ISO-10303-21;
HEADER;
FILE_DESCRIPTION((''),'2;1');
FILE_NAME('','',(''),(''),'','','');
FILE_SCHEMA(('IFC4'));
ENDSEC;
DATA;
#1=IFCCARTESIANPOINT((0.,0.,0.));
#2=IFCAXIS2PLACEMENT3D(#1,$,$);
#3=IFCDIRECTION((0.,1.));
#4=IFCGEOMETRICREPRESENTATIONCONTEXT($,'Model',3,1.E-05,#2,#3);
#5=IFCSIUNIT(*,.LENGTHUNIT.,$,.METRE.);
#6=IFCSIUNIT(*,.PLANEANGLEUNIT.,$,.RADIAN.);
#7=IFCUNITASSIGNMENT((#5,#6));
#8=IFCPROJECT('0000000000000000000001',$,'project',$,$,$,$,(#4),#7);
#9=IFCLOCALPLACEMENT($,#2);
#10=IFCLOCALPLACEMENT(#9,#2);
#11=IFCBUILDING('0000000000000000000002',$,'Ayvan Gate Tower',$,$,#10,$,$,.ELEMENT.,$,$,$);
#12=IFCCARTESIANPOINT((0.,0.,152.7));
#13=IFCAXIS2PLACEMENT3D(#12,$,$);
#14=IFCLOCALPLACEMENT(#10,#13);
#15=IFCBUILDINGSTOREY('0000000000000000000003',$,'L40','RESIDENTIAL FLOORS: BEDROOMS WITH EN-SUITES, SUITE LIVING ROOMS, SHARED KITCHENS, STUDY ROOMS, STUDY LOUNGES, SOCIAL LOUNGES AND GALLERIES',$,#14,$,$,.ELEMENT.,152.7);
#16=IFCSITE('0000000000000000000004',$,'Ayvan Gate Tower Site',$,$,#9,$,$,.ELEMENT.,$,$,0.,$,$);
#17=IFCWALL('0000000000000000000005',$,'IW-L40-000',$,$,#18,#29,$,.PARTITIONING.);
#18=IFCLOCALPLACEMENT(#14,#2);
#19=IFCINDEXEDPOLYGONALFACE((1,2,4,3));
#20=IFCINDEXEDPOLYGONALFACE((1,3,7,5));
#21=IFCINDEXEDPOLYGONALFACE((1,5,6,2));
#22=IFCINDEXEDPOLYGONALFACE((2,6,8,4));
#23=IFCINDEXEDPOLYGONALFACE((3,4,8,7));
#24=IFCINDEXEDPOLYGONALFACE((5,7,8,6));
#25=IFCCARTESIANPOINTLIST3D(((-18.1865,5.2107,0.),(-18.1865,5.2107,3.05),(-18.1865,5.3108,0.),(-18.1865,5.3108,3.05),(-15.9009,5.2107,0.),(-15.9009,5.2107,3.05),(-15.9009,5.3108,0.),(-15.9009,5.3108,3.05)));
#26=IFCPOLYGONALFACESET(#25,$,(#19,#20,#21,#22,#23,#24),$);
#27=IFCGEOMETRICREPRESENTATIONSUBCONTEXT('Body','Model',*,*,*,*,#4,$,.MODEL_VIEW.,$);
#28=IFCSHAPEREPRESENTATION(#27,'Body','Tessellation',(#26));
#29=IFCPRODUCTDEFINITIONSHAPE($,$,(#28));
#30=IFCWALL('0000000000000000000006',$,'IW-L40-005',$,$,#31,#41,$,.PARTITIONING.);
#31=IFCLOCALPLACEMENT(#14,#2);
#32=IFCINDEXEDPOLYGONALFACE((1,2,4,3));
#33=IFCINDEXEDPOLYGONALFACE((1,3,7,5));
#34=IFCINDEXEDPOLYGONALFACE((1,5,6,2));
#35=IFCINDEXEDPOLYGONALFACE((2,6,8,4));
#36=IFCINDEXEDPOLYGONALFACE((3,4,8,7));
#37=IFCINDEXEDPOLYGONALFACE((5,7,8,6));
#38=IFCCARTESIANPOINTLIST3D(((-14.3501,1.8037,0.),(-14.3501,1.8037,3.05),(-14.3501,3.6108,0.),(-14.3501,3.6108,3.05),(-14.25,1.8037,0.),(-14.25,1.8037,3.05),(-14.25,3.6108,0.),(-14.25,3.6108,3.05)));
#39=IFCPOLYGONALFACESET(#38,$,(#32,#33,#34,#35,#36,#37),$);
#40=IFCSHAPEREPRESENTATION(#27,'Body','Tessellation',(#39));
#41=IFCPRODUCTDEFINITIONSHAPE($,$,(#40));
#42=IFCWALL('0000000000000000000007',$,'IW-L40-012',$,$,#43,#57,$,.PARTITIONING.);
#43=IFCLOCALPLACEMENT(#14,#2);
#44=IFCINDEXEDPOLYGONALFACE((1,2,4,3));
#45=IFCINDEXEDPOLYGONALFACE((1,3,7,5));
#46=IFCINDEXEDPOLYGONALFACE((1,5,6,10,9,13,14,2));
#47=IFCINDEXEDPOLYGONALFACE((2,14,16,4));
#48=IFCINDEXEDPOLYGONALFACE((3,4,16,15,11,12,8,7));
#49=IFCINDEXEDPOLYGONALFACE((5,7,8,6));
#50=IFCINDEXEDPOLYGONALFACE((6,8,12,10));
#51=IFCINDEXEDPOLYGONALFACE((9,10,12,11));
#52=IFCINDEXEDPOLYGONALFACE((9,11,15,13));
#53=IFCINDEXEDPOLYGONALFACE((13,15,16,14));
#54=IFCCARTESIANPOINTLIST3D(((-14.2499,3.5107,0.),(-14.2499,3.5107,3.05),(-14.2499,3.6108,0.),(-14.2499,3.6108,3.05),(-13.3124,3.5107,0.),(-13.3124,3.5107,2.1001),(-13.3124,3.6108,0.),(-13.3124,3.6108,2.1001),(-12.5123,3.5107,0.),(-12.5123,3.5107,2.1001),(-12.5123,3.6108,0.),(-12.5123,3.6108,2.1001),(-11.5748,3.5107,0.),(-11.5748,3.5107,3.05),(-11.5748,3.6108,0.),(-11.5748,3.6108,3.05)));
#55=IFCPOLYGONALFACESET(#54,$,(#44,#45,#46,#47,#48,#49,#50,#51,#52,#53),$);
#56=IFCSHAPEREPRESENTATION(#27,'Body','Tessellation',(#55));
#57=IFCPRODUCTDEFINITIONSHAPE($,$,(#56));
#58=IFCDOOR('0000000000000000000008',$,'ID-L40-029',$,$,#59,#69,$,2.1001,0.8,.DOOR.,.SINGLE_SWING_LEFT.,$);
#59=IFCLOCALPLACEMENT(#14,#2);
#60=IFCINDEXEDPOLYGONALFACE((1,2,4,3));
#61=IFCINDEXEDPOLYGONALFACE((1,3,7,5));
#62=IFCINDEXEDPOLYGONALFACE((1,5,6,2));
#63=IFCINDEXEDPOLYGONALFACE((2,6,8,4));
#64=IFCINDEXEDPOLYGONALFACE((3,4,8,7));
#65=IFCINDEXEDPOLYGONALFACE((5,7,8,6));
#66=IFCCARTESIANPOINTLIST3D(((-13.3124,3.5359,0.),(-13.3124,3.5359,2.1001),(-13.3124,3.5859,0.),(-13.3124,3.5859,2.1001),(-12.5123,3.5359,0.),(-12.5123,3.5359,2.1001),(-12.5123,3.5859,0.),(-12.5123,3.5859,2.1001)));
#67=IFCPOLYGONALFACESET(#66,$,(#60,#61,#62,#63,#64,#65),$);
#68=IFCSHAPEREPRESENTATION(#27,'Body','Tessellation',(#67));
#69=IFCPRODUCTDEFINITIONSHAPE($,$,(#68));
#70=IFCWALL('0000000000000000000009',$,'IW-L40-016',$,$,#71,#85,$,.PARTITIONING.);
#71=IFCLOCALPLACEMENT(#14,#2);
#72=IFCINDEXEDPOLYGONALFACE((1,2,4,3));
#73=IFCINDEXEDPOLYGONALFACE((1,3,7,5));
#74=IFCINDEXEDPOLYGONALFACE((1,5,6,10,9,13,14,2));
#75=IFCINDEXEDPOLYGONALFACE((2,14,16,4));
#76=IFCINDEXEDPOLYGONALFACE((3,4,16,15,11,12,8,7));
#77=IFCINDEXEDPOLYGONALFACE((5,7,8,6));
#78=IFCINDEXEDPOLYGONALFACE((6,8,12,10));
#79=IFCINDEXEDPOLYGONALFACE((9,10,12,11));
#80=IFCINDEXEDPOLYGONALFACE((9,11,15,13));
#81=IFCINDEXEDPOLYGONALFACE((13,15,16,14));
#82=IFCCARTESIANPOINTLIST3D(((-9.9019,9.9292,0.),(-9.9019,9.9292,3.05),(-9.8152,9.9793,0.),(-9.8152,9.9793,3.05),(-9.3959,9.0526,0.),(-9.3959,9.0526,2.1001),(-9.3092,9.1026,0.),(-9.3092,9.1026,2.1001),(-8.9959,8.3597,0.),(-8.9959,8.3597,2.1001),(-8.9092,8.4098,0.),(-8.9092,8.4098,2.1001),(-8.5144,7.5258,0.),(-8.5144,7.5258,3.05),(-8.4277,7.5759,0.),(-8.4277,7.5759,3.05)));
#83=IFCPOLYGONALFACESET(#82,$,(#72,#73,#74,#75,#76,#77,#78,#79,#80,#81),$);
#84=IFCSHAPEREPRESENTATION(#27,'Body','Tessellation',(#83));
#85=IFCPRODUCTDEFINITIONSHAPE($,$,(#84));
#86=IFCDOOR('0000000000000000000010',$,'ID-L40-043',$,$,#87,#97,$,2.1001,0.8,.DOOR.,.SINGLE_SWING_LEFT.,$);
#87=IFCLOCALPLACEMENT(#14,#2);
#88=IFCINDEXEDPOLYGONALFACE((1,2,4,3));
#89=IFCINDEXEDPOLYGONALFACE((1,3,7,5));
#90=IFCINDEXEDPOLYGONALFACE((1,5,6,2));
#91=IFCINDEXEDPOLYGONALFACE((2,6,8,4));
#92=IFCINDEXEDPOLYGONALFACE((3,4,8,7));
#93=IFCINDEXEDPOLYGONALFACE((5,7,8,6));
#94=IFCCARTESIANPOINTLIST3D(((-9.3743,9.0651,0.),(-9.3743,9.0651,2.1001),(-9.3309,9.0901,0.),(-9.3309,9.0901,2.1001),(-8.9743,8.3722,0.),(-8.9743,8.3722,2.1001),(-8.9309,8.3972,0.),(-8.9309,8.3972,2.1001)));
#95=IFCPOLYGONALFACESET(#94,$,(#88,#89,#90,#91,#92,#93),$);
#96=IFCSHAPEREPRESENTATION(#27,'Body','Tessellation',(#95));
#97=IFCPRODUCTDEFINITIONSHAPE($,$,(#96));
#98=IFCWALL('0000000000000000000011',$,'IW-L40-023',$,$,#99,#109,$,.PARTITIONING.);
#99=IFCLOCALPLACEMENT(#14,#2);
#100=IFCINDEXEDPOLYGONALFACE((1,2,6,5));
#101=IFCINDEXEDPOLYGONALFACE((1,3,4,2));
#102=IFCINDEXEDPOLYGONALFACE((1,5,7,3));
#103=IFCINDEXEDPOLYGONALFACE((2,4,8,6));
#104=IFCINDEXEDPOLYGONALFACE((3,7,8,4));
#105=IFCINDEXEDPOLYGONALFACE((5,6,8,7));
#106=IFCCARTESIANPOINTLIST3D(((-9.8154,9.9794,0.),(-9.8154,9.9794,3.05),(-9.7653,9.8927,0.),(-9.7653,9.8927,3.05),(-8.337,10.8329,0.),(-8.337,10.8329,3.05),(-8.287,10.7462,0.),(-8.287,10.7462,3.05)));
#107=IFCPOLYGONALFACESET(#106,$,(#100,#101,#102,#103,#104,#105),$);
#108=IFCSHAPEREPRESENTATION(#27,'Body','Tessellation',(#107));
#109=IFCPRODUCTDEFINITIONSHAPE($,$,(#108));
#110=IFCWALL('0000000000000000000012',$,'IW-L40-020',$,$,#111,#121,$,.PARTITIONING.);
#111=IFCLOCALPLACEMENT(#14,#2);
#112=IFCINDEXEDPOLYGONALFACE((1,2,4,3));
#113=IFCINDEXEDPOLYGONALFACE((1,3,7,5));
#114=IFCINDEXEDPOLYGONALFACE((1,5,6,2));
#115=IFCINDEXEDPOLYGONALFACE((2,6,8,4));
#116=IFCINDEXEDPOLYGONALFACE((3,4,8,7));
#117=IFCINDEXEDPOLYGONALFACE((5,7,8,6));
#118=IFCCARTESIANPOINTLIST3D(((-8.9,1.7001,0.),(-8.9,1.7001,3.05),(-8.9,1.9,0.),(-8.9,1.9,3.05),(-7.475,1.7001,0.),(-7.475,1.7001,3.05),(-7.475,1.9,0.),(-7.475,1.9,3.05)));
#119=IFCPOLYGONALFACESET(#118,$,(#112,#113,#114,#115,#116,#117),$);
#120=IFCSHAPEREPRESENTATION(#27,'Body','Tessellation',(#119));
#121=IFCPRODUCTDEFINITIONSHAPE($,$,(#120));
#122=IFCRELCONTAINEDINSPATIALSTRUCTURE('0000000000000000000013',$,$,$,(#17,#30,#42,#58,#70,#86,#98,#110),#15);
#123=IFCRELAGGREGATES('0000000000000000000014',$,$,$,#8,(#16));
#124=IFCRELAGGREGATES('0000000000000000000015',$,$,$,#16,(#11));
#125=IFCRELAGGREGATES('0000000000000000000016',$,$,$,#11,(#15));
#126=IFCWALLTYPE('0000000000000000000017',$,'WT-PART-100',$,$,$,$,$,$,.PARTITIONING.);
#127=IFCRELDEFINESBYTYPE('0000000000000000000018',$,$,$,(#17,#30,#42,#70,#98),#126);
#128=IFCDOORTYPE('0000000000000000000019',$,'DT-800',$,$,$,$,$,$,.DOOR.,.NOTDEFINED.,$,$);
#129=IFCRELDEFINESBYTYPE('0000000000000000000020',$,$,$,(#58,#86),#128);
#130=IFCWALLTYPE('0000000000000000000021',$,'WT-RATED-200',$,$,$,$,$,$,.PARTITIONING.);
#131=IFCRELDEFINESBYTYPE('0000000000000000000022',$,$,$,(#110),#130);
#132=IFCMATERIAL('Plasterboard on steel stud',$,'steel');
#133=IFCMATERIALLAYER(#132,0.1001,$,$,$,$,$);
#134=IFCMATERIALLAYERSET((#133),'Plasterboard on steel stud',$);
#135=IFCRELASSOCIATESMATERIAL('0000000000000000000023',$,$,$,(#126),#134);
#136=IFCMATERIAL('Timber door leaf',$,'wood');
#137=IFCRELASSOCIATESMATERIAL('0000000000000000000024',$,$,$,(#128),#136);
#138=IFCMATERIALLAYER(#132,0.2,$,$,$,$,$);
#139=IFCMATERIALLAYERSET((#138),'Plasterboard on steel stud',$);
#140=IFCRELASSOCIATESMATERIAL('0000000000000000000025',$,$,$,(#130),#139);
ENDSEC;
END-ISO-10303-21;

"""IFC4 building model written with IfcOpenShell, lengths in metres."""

from ifc_helpers import new_model, si_unit, direction, frame, frame_2d, origin, place, context, subcontext, project, spatial, rectangle, extrude, material, layer, layer_set, type_object, element, fill, save


model = new_model("IFC4")

# Units and contexts
model_context = context("Model", 3, precision=1e-05, world=origin(), true_north=direction((0.0, 1.0)))
body_context = subcontext(model_context, "Body", "Model", "MODEL_VIEW")
ifc_project = project(units=[si_unit("LENGTHUNIT", "METRE"), si_unit("PLANEANGLEUNIT", "RADIAN")], contexts=[model_context])

# Site, building, storey
site_placement = place(None, origin())
site = spatial("IfcSite", under=ifc_project, at=site_placement, Name="Ayvan Gate Tower Site", CompositionType="ELEMENT", RefElevation=0.0)
building_placement = place(site_placement, origin())
building = spatial("IfcBuilding", under=site, at=building_placement, Name="Ayvan Gate Tower", CompositionType="ELEMENT")
storey_placement = place(building_placement, frame((0.0, 0.0, 152.7)))
storey = spatial("IfcBuildingStorey", under=building, at=storey_placement, Name="L40", Description="RESIDENTIAL FLOORS: BEDROOMS WITH EN-SUITES, SUITE LIVING ROOMS, SHARED KITCHENS, STUDY ROOMS, STUDY LOUNGES, SOCIAL LOUNGES AND GALLERIES", CompositionType="ELEMENT", Elevation=152.7)

# Shared definitions
ifc_material_1 = material(Name="Timber door leaf", Category="wood")

# Shared definitions
ifc_material_2 = material(Name="Plasterboard on steel stud", Category="steel")

# Walls
ifc_layer_1 = layer(ifc_material_2, 0.1001)
ifc_layer_set_1 = layer_set([ifc_layer_1], Name="Plasterboard on steel stud")
wall_type_1 = type_object("IfcWallType", Name="WT-PART-100", PredefinedType="PARTITIONING", material=ifc_layer_set_1)
wall_1_placement = place(storey_placement, frame((-15.9009, 5.2607, 0.0), z_axis=(0.0, 0.0, 1.0), x_axis=(-1.0, 0.0, 0.0)))
element("IfcWall", 1, at=wall_1_placement, inside=storey, type_object=wall_type_1, Name="IW-L40-000", PredefinedType="PARTITIONING", context=body_context, shape_type="SweptSolid", body=[
    extrude(rectangle(XDim=2.2856, YDim=0.1001, at=frame_2d((1.1428, 0.0))), origin(), (0.0, 0.0, 1.0), 3.05),
])
wall_2_placement = place(storey_placement, frame((-14.3, 3.6108, 0.0), z_axis=(0.0, 0.0, 1.0), x_axis=(0.0, -1.0, 0.0)))
element("IfcWall", 2, at=wall_2_placement, inside=storey, type_object=wall_type_1, Name="IW-L40-005", PredefinedType="PARTITIONING", context=body_context, shape_type="SweptSolid", body=[
    extrude(rectangle(XDim=1.8071, YDim=0.1001, at=frame_2d((0.9036, 0.0))), origin(), (0.0, 0.0, 1.0), 3.05),
])

# Walls, openings, doors
wall_3_placement = place(storey_placement, frame((-11.575, 3.5608, 0.0), z_axis=(0.0, 0.0, 1.0), x_axis=(-1.0, 0.0, 0.0)))
wall_3 = element("IfcWall", 3, at=wall_3_placement, inside=storey, type_object=wall_type_1, Name="IW-L40-012", PredefinedType="PARTITIONING", context=body_context, shape_type="SweptSolid", body=[
    extrude(rectangle(XDim=2.675, YDim=0.1001, at=frame_2d((1.3374, 0.0))), origin(), (0.0, 0.0, 1.0), 3.05),
])
opening_1_placement = place(wall_3_placement, frame((0.9375, 0.0, 0.0)))
opening_1 = element("IfcOpeningElement", 4, at=opening_1_placement, cuts=wall_3, PredefinedType="OPENING", context=body_context, shape_type="SweptSolid", body=[
    extrude(rectangle(XDim=0.8, YDim=2.1001, at=frame_2d((0.3999, 1.05))), frame((0.0, 0.0601, 0.0), z_axis=(0.0, -1.0, 0.0), x_axis=(1.0, 0.0, 0.0)), (0.0, 0.0, 1.0), 0.1201),
])
door_type_1 = type_object("IfcDoorType", Name="DT-800", OperationType="NOTDEFINED", PredefinedType="DOOR", material=ifc_material_1)
door_1_placement = place(opening_1_placement, origin())
door_1 = element("IfcDoor", 5, at=door_1_placement, inside=storey, type_object=door_type_1, Name="ID-L40-029", OperationType="SINGLE_SWING_LEFT", OverallHeight=2.1001, OverallWidth=0.8, PredefinedType="DOOR", context=body_context, shape_type="SweptSolid", body=[
    extrude(rectangle(XDim=0.8, YDim=2.1001, at=frame_2d((0.3999, 1.05))), frame((0.0, 0.0249, 0.0), z_axis=(0.0, -1.0, 0.0), x_axis=(1.0, 0.0, 0.0)), (0.0, 0.0, 1.0), 0.05),
])
fill(opening_1, door_1)
wall_4_placement = place(storey_placement, frame((-9.8586, 9.9543, 0.0), z_axis=(0.0, 0.0, 1.0), x_axis=(0.499971, -0.866042, 0.0)))
wall_4 = element("IfcWall", 6, at=wall_4_placement, inside=storey, type_object=wall_type_1, Name="IW-L40-016", PredefinedType="PARTITIONING", context=body_context, shape_type="SweptSolid", body=[
    extrude(rectangle(XDim=2.7751, YDim=0.1001, at=frame_2d((1.3877, 0.0))), origin(), (0.0, 0.0, 1.0), 3.05),
])
opening_2_placement = place(wall_4_placement, frame((1.0125, 0.0, 0.0)))
opening_2 = element("IfcOpeningElement", 7, at=opening_2_placement, cuts=wall_4, PredefinedType="OPENING", context=body_context, shape_type="SweptSolid", body=[
    extrude(rectangle(XDim=0.8, YDim=2.1001, at=frame_2d((0.3999, 1.05))), frame((0.0, 0.0601, 0.0), z_axis=(0.0, -1.0, 0.0), x_axis=(1.0, 0.0, 0.0)), (0.0, 0.0, 1.0), 0.1201),
])
door_2_placement = place(opening_2_placement, origin())
door_2 = element("IfcDoor", 8, at=door_2_placement, inside=storey, type_object=door_type_1, Name="ID-L40-043", OperationType="SINGLE_SWING_LEFT", OverallHeight=2.1001, OverallWidth=0.8, PredefinedType="DOOR", context=body_context, shape_type="SweptSolid", body=[
    extrude(rectangle(XDim=0.8, YDim=2.1001, at=frame_2d((0.3999, 1.05))), frame((0.0, 0.0249, 0.0), z_axis=(0.0, -1.0, 0.0), x_axis=(1.0, 0.0, 0.0)), (0.0, 0.0, 1.0), 0.05),
])
fill(opening_2, door_2)

# Walls
wall_5_placement = place(storey_placement, frame((-8.312, 10.7896, 0.0), z_axis=(0.0, 0.0, 1.0), x_axis=(-0.866016, -0.500015, 0.0)))
element("IfcWall", 9, at=wall_5_placement, inside=storey, type_object=wall_type_1, Name="IW-L40-023", PredefinedType="PARTITIONING", context=body_context, shape_type="SweptSolid", body=[
    extrude(rectangle(XDim=1.707, YDim=0.1001, at=frame_2d((0.8535, 0.0))), origin(), (0.0, 0.0, 1.0), 3.05),
])
ifc_layer_2 = layer(ifc_material_2, 0.2)
ifc_layer_set_2 = layer_set([ifc_layer_2], Name="Plasterboard on steel stud")
wall_type_2 = type_object("IfcWallType", Name="WT-RATED-200", PredefinedType="PARTITIONING", material=ifc_layer_set_2)
wall_6_placement = place(storey_placement, frame((-8.8999, 1.8, 0.0), z_axis=(0.0, 0.0, 1.0), x_axis=(1.0, 0.0, 0.0)))
element("IfcWall", 10, at=wall_6_placement, inside=storey, type_object=wall_type_2, Name="IW-L40-020", PredefinedType="PARTITIONING", context=body_context, shape_type="SweptSolid", body=[
    extrude(rectangle(XDim=1.425, YDim=0.2, at=frame_2d((0.7124, 0.0))), origin(), (0.0, 0.0, 1.0), 3.05),
])

save(model, "model.ifc")
